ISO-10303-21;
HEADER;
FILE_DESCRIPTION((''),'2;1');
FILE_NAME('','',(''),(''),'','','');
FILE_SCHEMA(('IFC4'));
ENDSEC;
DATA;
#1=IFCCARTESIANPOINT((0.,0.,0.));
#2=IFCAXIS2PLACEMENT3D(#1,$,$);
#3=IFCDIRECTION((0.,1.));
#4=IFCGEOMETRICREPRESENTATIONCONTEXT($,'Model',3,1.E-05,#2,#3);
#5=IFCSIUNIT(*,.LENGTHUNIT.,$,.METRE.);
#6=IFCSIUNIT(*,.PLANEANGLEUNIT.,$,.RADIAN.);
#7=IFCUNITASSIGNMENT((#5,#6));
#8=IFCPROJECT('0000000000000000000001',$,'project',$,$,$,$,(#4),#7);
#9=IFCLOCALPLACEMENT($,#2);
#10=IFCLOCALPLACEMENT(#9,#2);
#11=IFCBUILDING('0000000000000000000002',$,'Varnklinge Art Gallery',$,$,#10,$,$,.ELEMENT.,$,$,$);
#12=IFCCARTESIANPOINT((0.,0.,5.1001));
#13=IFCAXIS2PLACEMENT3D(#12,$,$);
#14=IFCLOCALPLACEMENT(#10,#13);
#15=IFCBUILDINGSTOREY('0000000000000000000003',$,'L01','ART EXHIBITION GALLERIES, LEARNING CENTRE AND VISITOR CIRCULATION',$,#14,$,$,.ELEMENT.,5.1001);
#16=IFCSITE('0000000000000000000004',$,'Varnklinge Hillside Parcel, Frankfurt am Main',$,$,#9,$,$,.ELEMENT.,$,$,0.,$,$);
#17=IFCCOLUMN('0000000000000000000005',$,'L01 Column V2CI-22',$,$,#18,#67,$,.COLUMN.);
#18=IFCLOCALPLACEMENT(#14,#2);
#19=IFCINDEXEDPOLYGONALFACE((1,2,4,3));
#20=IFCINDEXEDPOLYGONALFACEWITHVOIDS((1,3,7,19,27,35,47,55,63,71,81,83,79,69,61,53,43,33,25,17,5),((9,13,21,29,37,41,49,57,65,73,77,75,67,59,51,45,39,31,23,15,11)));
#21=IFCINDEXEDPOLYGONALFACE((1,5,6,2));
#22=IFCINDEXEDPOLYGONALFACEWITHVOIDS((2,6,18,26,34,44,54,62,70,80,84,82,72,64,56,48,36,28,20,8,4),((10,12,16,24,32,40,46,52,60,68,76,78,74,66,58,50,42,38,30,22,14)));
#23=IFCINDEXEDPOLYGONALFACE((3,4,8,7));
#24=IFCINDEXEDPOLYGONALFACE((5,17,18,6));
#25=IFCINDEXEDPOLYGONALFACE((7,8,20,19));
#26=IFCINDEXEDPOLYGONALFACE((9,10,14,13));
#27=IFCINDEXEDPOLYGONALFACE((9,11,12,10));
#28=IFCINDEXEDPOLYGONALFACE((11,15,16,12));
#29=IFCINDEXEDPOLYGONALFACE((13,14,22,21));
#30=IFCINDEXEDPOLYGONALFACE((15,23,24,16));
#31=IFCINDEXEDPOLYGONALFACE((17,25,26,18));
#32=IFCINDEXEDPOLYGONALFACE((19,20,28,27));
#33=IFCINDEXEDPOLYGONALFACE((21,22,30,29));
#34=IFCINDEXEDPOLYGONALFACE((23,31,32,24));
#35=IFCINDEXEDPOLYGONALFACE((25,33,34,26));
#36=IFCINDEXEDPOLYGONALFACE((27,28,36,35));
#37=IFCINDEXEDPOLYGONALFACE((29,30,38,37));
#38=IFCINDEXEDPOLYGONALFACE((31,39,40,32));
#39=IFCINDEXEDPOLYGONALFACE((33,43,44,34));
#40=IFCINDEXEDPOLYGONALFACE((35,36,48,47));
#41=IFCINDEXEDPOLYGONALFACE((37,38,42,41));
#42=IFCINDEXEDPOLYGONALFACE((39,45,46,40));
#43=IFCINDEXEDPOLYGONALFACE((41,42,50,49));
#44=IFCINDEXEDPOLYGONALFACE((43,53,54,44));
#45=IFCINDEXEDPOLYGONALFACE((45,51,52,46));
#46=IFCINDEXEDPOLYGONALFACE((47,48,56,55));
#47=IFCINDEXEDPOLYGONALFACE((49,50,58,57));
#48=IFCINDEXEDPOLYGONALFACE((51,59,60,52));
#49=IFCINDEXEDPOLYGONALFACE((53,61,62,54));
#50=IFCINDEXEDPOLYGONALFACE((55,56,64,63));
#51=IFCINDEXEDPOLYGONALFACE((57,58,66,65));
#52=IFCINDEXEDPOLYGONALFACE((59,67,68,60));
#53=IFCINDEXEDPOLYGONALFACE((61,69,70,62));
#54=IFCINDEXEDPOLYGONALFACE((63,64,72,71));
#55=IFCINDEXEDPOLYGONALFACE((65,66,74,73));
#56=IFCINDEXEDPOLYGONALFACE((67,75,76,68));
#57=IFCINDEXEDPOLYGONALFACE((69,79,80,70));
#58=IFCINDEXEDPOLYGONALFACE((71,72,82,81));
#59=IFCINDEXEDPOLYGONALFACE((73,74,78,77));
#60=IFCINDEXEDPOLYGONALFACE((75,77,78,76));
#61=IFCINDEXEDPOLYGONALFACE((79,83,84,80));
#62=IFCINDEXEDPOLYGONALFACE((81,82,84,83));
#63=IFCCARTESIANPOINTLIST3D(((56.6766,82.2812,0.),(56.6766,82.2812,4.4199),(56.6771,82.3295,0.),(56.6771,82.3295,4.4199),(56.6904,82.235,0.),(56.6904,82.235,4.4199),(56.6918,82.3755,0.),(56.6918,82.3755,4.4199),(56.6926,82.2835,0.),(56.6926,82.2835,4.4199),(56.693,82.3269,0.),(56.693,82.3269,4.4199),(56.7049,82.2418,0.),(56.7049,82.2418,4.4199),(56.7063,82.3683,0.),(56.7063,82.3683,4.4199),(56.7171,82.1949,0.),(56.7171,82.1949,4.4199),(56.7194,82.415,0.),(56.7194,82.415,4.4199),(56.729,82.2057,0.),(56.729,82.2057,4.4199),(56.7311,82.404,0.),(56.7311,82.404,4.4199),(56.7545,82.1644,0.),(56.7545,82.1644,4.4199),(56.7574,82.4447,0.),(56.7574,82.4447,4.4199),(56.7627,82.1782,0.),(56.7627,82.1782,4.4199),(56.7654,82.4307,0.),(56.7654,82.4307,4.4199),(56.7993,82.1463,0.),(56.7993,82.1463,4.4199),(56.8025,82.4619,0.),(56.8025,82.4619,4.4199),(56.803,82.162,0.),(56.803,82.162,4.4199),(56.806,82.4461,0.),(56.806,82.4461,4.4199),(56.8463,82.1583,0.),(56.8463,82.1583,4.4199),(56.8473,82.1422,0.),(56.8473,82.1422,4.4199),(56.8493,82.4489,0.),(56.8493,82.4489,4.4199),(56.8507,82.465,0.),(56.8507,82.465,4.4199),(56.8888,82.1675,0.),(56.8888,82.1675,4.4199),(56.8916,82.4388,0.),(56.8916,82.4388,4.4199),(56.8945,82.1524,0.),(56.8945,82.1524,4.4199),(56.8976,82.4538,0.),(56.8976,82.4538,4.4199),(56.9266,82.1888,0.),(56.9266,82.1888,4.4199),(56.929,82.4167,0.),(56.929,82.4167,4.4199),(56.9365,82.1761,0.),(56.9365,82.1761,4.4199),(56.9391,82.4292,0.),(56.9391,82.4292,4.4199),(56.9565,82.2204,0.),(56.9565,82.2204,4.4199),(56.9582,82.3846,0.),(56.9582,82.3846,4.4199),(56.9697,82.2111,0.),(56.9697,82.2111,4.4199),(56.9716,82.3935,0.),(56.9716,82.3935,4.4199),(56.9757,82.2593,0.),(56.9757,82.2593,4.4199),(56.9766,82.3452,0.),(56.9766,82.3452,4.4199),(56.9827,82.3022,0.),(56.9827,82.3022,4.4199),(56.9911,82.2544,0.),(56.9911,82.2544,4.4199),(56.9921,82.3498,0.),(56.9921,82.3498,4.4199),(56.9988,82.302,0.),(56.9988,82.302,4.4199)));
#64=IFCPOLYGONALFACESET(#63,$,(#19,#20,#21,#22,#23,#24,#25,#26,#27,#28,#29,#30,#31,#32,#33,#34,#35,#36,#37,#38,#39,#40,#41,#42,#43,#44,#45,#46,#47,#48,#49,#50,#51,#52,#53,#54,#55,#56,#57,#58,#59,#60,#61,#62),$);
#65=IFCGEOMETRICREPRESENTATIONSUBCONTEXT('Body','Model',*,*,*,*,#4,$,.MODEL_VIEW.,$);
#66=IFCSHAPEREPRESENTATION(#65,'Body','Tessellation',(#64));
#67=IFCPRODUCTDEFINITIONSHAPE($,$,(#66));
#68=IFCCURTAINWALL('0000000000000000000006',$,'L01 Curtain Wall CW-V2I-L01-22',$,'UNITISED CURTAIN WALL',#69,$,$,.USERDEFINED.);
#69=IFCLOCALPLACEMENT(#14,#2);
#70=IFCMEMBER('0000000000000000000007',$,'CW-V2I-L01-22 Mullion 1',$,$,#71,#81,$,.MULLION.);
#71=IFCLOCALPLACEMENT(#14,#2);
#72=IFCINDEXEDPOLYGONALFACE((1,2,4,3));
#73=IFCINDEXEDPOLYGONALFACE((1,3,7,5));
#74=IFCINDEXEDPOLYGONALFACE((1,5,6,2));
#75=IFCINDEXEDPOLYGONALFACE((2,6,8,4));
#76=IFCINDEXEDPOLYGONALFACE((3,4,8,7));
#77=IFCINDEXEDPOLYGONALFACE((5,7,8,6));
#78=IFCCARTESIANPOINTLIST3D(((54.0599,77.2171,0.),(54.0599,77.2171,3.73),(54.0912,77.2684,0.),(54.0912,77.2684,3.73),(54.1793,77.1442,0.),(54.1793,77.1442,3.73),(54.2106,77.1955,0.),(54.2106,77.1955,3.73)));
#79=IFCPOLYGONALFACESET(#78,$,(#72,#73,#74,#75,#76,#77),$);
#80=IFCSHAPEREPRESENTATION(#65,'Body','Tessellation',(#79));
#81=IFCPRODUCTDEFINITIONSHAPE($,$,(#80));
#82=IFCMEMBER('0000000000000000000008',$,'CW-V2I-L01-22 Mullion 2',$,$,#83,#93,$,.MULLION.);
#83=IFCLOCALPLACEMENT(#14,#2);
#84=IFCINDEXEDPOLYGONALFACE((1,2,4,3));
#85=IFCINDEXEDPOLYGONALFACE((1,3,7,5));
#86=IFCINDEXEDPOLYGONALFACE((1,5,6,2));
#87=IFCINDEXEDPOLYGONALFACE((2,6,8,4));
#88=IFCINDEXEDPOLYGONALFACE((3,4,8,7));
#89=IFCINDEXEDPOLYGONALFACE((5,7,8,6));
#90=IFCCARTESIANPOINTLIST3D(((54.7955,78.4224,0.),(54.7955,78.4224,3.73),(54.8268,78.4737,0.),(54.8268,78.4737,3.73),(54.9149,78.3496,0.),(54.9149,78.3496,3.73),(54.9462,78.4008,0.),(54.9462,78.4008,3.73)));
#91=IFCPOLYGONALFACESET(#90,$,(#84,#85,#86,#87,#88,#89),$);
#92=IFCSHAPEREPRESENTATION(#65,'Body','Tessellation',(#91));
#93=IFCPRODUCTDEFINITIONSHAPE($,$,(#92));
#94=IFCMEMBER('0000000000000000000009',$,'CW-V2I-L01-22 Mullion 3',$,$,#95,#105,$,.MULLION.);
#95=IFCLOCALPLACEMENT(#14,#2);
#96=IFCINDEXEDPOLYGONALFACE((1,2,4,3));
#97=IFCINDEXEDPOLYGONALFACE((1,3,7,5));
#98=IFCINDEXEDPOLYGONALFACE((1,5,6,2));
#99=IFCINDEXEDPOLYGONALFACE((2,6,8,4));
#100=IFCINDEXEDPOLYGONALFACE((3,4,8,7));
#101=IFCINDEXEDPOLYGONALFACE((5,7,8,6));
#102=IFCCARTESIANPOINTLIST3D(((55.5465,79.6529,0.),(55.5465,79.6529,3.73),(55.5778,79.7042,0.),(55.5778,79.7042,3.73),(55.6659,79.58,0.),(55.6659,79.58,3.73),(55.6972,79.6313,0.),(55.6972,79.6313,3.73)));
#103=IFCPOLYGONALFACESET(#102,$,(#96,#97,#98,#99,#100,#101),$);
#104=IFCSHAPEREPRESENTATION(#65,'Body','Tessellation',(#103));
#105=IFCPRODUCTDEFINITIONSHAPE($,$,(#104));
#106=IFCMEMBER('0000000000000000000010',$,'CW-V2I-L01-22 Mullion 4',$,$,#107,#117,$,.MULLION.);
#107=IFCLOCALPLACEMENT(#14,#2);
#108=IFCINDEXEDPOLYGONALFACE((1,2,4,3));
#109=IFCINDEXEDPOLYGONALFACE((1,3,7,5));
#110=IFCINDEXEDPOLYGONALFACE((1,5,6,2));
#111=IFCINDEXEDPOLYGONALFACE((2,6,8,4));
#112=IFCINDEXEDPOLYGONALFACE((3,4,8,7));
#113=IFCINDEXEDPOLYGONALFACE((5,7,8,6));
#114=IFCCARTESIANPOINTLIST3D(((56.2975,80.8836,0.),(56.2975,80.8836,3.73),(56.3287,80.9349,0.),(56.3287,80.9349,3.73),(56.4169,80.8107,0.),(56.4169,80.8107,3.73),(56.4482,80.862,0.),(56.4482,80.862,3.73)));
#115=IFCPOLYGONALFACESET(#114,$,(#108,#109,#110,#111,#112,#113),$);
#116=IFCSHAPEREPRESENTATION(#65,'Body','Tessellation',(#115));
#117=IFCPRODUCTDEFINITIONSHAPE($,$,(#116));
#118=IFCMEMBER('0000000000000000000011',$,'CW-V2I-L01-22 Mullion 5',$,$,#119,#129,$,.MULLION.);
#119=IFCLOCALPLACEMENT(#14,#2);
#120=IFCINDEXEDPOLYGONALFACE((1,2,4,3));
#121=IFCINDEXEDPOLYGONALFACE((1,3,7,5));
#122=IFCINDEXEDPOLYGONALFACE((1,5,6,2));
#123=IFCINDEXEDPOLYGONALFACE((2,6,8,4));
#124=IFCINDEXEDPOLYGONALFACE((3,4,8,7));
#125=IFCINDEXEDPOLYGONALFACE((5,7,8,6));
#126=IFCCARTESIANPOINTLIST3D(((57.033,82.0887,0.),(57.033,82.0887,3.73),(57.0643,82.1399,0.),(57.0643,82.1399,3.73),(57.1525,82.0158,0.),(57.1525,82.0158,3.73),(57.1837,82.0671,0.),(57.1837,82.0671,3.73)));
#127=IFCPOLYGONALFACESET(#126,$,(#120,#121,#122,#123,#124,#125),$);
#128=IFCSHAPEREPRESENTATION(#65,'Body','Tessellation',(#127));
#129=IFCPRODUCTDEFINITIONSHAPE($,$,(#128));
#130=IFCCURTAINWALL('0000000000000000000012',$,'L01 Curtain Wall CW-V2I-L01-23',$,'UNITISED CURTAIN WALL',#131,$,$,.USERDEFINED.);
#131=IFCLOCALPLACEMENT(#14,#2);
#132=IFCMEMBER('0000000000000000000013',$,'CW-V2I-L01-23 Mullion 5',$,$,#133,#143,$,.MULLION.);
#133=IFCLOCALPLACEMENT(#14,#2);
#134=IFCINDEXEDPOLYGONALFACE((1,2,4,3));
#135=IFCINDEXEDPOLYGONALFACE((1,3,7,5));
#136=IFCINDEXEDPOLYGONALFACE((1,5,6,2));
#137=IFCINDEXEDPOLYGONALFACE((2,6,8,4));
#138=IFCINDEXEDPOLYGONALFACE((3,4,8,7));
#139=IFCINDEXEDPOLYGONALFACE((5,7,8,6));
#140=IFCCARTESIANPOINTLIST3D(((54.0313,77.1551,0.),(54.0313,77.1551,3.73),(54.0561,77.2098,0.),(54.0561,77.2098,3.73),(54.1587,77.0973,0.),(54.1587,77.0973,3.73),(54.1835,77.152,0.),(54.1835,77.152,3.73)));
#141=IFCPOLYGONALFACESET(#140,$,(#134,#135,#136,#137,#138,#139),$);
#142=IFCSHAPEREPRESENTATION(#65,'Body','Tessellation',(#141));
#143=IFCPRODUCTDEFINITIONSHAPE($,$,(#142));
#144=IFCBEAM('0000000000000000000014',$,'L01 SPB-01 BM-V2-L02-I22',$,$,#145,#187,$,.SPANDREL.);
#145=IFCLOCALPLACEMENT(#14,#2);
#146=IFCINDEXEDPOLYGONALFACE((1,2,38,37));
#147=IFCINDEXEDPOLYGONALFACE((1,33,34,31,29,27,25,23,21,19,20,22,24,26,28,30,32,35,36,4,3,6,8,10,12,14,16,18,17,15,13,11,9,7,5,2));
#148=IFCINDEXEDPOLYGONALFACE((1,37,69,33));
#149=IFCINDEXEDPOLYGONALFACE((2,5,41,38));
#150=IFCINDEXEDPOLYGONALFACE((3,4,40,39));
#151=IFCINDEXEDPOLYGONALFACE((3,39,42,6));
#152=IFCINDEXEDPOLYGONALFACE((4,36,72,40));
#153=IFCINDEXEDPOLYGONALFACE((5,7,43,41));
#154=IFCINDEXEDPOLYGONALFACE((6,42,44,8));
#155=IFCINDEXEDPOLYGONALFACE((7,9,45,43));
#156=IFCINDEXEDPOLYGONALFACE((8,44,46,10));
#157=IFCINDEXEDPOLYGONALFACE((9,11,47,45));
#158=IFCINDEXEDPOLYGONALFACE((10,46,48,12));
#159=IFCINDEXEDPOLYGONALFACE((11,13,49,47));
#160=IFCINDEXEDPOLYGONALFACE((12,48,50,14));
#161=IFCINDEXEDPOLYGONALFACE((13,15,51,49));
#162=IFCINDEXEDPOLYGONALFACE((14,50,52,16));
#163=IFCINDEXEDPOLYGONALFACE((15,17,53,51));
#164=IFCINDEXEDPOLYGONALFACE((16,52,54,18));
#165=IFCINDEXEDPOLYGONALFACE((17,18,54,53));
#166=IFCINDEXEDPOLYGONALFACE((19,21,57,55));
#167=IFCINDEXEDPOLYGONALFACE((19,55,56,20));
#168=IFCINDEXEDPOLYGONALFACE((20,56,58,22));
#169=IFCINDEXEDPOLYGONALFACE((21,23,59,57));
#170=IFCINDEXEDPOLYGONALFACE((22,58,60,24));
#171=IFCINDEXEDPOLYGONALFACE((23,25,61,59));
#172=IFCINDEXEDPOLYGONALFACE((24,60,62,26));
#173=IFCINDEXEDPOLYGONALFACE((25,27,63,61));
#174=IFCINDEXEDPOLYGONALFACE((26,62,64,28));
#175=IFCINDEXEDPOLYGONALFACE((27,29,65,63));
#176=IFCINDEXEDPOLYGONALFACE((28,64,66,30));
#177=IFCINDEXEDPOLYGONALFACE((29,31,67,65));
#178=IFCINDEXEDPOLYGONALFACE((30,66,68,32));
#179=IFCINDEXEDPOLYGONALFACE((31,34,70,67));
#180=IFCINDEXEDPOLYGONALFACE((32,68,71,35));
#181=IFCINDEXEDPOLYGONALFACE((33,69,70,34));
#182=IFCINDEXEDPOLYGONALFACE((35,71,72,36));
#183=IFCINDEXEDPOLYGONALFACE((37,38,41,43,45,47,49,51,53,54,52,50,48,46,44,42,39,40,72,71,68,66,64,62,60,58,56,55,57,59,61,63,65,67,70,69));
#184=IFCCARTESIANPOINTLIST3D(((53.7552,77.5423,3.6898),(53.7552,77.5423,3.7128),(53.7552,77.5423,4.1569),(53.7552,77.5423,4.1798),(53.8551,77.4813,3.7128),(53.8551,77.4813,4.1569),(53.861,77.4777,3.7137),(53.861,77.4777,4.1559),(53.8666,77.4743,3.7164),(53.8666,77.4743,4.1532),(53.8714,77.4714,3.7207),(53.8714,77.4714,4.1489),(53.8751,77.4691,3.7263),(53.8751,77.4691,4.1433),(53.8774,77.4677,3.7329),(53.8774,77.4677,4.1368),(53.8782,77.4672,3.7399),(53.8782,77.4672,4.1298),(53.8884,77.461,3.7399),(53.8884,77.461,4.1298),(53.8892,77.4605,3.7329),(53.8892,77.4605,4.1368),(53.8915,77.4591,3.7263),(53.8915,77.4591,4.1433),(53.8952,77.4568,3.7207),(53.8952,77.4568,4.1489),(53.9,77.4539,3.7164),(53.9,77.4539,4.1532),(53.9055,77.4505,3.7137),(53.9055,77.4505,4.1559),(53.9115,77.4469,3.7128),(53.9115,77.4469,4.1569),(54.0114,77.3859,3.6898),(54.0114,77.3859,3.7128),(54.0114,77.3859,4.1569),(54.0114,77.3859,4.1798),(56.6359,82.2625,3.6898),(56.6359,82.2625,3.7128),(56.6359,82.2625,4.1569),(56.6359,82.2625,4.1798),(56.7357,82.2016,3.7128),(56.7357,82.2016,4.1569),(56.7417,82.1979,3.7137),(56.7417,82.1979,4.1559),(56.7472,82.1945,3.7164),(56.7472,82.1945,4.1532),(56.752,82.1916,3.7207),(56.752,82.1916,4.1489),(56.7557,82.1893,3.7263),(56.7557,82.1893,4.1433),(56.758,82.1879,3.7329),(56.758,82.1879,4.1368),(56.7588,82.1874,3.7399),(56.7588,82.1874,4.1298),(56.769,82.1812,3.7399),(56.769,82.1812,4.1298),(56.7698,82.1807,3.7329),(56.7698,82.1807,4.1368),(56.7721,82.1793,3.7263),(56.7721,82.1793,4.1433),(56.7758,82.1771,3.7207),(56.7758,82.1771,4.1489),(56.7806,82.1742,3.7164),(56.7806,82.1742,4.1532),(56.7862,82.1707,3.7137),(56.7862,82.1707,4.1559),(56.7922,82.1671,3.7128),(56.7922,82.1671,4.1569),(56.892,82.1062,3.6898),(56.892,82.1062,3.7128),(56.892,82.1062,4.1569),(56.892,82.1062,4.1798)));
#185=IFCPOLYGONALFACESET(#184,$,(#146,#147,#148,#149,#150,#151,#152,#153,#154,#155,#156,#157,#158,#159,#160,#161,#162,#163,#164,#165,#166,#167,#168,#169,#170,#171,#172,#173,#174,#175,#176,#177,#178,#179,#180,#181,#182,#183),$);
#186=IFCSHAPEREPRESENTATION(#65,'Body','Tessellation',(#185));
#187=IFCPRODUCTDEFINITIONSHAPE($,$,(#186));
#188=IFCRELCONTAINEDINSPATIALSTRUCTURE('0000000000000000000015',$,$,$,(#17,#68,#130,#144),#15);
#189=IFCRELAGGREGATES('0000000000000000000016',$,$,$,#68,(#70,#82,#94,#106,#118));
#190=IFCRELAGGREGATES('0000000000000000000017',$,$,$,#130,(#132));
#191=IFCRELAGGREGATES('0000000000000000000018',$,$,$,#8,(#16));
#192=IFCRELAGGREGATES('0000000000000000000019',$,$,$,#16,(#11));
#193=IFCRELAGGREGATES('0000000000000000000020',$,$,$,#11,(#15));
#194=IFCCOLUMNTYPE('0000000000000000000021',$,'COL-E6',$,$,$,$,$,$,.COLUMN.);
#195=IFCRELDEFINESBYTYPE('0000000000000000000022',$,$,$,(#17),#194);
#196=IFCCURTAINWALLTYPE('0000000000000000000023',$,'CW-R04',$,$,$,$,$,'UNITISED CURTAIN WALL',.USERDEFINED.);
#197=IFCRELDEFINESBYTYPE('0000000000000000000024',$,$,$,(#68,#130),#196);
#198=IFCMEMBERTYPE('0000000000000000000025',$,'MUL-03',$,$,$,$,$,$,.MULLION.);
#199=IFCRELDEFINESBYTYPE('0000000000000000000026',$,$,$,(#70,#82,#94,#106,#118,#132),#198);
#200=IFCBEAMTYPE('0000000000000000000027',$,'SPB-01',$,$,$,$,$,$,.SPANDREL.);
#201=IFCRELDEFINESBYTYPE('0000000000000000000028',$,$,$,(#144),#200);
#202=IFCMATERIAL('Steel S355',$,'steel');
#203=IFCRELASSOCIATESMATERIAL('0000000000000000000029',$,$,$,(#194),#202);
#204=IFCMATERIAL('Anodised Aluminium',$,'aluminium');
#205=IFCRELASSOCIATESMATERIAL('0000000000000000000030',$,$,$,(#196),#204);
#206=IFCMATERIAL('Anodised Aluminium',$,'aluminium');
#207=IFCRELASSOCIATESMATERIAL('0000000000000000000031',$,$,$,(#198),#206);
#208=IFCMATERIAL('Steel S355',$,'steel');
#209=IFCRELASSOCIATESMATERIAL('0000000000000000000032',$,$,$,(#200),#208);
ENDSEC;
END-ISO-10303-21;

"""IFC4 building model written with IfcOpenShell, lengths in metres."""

from ifc_helpers import new_model, si_unit, direction, frame, origin, origin_2d, place, context, subcontext, project, spatial, rectangle, hollow_circle, i_section, extrude, material, material_profile, profile_set, type_object, element, aggregate, save


model = new_model("IFC4")

# Units and contexts
model_context = context("Model", 3, precision=1e-05, world=origin(), true_north=direction((0.0, 1.0)))
body_context = subcontext(model_context, "Body", "Model", "MODEL_VIEW")
ifc_project = project(units=[si_unit("LENGTHUNIT", "METRE"), si_unit("PLANEANGLEUNIT", "RADIAN")], contexts=[model_context])

# Site, building, storey
site_placement = place(None, origin())
site = spatial("IfcSite", under=ifc_project, at=site_placement, Name="Varnklinge Hillside Parcel, Frankfurt am Main", CompositionType="ELEMENT", RefElevation=0.0)
building_placement = place(site_placement, origin())
building = spatial("IfcBuilding", under=site, at=building_placement, Name="Varnklinge Art Gallery", CompositionType="ELEMENT")
storey_placement = place(building_placement, frame((0.0, 0.0, 5.1001)))
storey = spatial("IfcBuildingStorey", under=building, at=storey_placement, Name="L01", Description="ART EXHIBITION GALLERIES, LEARNING CENTRE AND VISITOR CIRCULATION", CompositionType="ELEMENT", Elevation=5.1001)

# Column
ifc_material_1 = material(Name="Steel S355", Category="steel")
ifc_material_profile_1 = material_profile(ifc_material_1, hollow_circle(Radius=0.1619, WallThickness=0.0161, at=origin_2d()), Name="CHS 323.9x16")
ifc_profile_set_1 = profile_set([ifc_material_profile_1], Name="Steel S355")
column_type = type_object("IfcColumnType", Name="COL-E6", PredefinedType="COLUMN", material=ifc_profile_set_1)
column_placement = place(storey_placement, frame((56.8369, 82.3037, 0.0), z_axis=(0.0, 0.0, 1.0), x_axis=(0.820352, -0.57186, 0.0)))
element("IfcColumn", 1, at=column_placement, inside=storey, type_object=column_type, Name="L01 Column V2CI-22", PredefinedType="COLUMN", context=body_context, shape_type="SweptSolid", body=[
    extrude(hollow_circle(Radius=0.1619, WallThickness=0.0161, at=origin_2d()), origin(), (0.0, 0.0, 1.0), 4.4199),
])

# Curtain wall, members
ifc_material_2 = material(Name="Anodised Aluminium", Category="aluminium")
curtain_wall_type = type_object("IfcCurtainWallType", Name="CW-R04", ElementType="UNITISED CURTAIN WALL", PredefinedType="USERDEFINED", material=ifc_material_2)
curtain_wall_1_placement = place(storey_placement, origin())
curtain_wall_1 = element("IfcCurtainWall", 2, at=curtain_wall_1_placement, inside=storey, type_object=curtain_wall_type, Name="L01 Curtain Wall CW-V2I-L01-22", ObjectType="UNITISED CURTAIN WALL", PredefinedType="USERDEFINED")
ifc_material_3 = material(Name="Anodised Aluminium", Category="aluminium")
ifc_material_profile_2 = material_profile(ifc_material_3, rectangle(XDim=0.0601, YDim=0.1399, at=origin_2d()), Name="ALU 60x140")
ifc_profile_set_2 = profile_set([ifc_material_profile_2], Name="Anodised Aluminium")
member_type_1 = type_object("IfcMemberType", Name="MUL-03", PredefinedType="MULLION", material=ifc_profile_set_2)
member_1_placement = place(storey_placement, frame((54.1353, 77.2063, 0.0), z_axis=(0.0, 0.0, 1.0), x_axis=(0.520861, 0.853642, 0.0)))
member_1 = element("IfcMember", 3, at=member_1_placement, type_object=member_type_1, Name="CW-V2I-L01-22 Mullion 1", PredefinedType="MULLION", context=body_context, shape_type="SweptSolid", body=[
    extrude(rectangle(XDim=0.0601, YDim=0.1399, at=origin_2d()), origin(), (0.0, 0.0, 1.0), 3.73),
])
member_2_placement = place(storey_placement, frame((54.8708, 78.4116, 0.0), z_axis=(0.0, 0.0, 1.0), x_axis=(0.520861, 0.853642, 0.0)))
member_2 = element("IfcMember", 4, at=member_2_placement, type_object=member_type_1, Name="CW-V2I-L01-22 Mullion 2", PredefinedType="MULLION", context=body_context, shape_type="SweptSolid", body=[
    extrude(rectangle(XDim=0.0601, YDim=0.1399, at=origin_2d()), origin(), (0.0, 0.0, 1.0), 3.73),
])
member_3_placement = place(storey_placement, frame((55.6218, 79.6421, 0.0), z_axis=(0.0, 0.0, 1.0), x_axis=(0.520861, 0.853642, 0.0)))
member_3 = element("IfcMember", 5, at=member_3_placement, type_object=member_type_1, Name="CW-V2I-L01-22 Mullion 3", PredefinedType="MULLION", context=body_context, shape_type="SweptSolid", body=[
    extrude(rectangle(XDim=0.0601, YDim=0.1399, at=origin_2d()), origin(), (0.0, 0.0, 1.0), 3.73),
])
member_4_placement = place(storey_placement, frame((56.3728, 80.8728, 0.0), z_axis=(0.0, 0.0, 1.0), x_axis=(0.520861, 0.853642, 0.0)))
member_4 = element("IfcMember", 6, at=member_4_placement, type_object=member_type_1, Name="CW-V2I-L01-22 Mullion 4", PredefinedType="MULLION", context=body_context, shape_type="SweptSolid", body=[
    extrude(rectangle(XDim=0.0601, YDim=0.1399, at=origin_2d()), origin(), (0.0, 0.0, 1.0), 3.73),
])
member_5_placement = place(storey_placement, frame((57.1084, 82.0779, 0.0), z_axis=(0.0, 0.0, 1.0), x_axis=(0.520861, 0.853642, 0.0)))
member_5 = element("IfcMember", 7, at=member_5_placement, type_object=member_type_1, Name="CW-V2I-L01-22 Mullion 5", PredefinedType="MULLION", context=body_context, shape_type="SweptSolid", body=[
    extrude(rectangle(XDim=0.0601, YDim=0.1399, at=origin_2d()), origin(), (0.0, 0.0, 1.0), 3.73),
])

# Curtain wall, member
curtain_wall_2_placement = place(storey_placement, origin())
curtain_wall_2 = element("IfcCurtainWall", 8, at=curtain_wall_2_placement, inside=storey, type_object=curtain_wall_type, Name="L01 Curtain Wall CW-V2I-L01-23", ObjectType="UNITISED CURTAIN WALL", PredefinedType="USERDEFINED")
member_6_placement = place(storey_placement, frame((54.1074, 77.1536, 0.0), z_axis=(0.0, 0.0, 1.0), x_axis=(0.413422, 0.910539, 0.0)))
member_6 = element("IfcMember", 9, at=member_6_placement, type_object=member_type_1, Name="CW-V2I-L01-23 Mullion 5", PredefinedType="MULLION", context=body_context, shape_type="SweptSolid", body=[
    extrude(rectangle(XDim=0.0601, YDim=0.1399, at=origin_2d()), origin(), (0.0, 0.0, 1.0), 3.73),
])

# Beam
ifc_material_4 = material(Name="Steel S355", Category="steel")
ifc_material_profile_3 = material_profile(ifc_material_4, i_section(OverallWidth=0.3, OverallDepth=0.49, WebThickness=0.012, FlangeThickness=0.0229, FilletRadius=0.0271, at=origin_2d()), Name="HEA 500")
ifc_profile_set_3 = profile_set([ifc_material_profile_3], Name="Steel S355")
beam_type = type_object("IfcBeamType", Name="SPB-01", PredefinedType="SPANDREL", material=ifc_profile_set_3)
beam_placement = place(storey_placement, frame((56.7639, 82.1843, 3.9348), z_axis=(-0.520928, -0.8536, 0.0), x_axis=(0.8536, -0.520928, 0.0)))
element("IfcBeam", 10, at=beam_placement, inside=storey, type_object=beam_type, Name="L01 SPB-01 BM-V2-L02-I22", PredefinedType="SPANDREL", context=body_context, shape_type="SweptSolid", body=[
    extrude(i_section(OverallWidth=0.3, OverallDepth=0.49, WebThickness=0.012, FlangeThickness=0.0229, FilletRadius=0.0271, at=origin_2d()), origin(), (0.0, 0.0, 1.0), 5.5298),
])

aggregate(curtain_wall_1, [member_1, member_2, member_3, member_4, member_5])
aggregate(curtain_wall_2, [member_6])

save(model, "model.ifc")
